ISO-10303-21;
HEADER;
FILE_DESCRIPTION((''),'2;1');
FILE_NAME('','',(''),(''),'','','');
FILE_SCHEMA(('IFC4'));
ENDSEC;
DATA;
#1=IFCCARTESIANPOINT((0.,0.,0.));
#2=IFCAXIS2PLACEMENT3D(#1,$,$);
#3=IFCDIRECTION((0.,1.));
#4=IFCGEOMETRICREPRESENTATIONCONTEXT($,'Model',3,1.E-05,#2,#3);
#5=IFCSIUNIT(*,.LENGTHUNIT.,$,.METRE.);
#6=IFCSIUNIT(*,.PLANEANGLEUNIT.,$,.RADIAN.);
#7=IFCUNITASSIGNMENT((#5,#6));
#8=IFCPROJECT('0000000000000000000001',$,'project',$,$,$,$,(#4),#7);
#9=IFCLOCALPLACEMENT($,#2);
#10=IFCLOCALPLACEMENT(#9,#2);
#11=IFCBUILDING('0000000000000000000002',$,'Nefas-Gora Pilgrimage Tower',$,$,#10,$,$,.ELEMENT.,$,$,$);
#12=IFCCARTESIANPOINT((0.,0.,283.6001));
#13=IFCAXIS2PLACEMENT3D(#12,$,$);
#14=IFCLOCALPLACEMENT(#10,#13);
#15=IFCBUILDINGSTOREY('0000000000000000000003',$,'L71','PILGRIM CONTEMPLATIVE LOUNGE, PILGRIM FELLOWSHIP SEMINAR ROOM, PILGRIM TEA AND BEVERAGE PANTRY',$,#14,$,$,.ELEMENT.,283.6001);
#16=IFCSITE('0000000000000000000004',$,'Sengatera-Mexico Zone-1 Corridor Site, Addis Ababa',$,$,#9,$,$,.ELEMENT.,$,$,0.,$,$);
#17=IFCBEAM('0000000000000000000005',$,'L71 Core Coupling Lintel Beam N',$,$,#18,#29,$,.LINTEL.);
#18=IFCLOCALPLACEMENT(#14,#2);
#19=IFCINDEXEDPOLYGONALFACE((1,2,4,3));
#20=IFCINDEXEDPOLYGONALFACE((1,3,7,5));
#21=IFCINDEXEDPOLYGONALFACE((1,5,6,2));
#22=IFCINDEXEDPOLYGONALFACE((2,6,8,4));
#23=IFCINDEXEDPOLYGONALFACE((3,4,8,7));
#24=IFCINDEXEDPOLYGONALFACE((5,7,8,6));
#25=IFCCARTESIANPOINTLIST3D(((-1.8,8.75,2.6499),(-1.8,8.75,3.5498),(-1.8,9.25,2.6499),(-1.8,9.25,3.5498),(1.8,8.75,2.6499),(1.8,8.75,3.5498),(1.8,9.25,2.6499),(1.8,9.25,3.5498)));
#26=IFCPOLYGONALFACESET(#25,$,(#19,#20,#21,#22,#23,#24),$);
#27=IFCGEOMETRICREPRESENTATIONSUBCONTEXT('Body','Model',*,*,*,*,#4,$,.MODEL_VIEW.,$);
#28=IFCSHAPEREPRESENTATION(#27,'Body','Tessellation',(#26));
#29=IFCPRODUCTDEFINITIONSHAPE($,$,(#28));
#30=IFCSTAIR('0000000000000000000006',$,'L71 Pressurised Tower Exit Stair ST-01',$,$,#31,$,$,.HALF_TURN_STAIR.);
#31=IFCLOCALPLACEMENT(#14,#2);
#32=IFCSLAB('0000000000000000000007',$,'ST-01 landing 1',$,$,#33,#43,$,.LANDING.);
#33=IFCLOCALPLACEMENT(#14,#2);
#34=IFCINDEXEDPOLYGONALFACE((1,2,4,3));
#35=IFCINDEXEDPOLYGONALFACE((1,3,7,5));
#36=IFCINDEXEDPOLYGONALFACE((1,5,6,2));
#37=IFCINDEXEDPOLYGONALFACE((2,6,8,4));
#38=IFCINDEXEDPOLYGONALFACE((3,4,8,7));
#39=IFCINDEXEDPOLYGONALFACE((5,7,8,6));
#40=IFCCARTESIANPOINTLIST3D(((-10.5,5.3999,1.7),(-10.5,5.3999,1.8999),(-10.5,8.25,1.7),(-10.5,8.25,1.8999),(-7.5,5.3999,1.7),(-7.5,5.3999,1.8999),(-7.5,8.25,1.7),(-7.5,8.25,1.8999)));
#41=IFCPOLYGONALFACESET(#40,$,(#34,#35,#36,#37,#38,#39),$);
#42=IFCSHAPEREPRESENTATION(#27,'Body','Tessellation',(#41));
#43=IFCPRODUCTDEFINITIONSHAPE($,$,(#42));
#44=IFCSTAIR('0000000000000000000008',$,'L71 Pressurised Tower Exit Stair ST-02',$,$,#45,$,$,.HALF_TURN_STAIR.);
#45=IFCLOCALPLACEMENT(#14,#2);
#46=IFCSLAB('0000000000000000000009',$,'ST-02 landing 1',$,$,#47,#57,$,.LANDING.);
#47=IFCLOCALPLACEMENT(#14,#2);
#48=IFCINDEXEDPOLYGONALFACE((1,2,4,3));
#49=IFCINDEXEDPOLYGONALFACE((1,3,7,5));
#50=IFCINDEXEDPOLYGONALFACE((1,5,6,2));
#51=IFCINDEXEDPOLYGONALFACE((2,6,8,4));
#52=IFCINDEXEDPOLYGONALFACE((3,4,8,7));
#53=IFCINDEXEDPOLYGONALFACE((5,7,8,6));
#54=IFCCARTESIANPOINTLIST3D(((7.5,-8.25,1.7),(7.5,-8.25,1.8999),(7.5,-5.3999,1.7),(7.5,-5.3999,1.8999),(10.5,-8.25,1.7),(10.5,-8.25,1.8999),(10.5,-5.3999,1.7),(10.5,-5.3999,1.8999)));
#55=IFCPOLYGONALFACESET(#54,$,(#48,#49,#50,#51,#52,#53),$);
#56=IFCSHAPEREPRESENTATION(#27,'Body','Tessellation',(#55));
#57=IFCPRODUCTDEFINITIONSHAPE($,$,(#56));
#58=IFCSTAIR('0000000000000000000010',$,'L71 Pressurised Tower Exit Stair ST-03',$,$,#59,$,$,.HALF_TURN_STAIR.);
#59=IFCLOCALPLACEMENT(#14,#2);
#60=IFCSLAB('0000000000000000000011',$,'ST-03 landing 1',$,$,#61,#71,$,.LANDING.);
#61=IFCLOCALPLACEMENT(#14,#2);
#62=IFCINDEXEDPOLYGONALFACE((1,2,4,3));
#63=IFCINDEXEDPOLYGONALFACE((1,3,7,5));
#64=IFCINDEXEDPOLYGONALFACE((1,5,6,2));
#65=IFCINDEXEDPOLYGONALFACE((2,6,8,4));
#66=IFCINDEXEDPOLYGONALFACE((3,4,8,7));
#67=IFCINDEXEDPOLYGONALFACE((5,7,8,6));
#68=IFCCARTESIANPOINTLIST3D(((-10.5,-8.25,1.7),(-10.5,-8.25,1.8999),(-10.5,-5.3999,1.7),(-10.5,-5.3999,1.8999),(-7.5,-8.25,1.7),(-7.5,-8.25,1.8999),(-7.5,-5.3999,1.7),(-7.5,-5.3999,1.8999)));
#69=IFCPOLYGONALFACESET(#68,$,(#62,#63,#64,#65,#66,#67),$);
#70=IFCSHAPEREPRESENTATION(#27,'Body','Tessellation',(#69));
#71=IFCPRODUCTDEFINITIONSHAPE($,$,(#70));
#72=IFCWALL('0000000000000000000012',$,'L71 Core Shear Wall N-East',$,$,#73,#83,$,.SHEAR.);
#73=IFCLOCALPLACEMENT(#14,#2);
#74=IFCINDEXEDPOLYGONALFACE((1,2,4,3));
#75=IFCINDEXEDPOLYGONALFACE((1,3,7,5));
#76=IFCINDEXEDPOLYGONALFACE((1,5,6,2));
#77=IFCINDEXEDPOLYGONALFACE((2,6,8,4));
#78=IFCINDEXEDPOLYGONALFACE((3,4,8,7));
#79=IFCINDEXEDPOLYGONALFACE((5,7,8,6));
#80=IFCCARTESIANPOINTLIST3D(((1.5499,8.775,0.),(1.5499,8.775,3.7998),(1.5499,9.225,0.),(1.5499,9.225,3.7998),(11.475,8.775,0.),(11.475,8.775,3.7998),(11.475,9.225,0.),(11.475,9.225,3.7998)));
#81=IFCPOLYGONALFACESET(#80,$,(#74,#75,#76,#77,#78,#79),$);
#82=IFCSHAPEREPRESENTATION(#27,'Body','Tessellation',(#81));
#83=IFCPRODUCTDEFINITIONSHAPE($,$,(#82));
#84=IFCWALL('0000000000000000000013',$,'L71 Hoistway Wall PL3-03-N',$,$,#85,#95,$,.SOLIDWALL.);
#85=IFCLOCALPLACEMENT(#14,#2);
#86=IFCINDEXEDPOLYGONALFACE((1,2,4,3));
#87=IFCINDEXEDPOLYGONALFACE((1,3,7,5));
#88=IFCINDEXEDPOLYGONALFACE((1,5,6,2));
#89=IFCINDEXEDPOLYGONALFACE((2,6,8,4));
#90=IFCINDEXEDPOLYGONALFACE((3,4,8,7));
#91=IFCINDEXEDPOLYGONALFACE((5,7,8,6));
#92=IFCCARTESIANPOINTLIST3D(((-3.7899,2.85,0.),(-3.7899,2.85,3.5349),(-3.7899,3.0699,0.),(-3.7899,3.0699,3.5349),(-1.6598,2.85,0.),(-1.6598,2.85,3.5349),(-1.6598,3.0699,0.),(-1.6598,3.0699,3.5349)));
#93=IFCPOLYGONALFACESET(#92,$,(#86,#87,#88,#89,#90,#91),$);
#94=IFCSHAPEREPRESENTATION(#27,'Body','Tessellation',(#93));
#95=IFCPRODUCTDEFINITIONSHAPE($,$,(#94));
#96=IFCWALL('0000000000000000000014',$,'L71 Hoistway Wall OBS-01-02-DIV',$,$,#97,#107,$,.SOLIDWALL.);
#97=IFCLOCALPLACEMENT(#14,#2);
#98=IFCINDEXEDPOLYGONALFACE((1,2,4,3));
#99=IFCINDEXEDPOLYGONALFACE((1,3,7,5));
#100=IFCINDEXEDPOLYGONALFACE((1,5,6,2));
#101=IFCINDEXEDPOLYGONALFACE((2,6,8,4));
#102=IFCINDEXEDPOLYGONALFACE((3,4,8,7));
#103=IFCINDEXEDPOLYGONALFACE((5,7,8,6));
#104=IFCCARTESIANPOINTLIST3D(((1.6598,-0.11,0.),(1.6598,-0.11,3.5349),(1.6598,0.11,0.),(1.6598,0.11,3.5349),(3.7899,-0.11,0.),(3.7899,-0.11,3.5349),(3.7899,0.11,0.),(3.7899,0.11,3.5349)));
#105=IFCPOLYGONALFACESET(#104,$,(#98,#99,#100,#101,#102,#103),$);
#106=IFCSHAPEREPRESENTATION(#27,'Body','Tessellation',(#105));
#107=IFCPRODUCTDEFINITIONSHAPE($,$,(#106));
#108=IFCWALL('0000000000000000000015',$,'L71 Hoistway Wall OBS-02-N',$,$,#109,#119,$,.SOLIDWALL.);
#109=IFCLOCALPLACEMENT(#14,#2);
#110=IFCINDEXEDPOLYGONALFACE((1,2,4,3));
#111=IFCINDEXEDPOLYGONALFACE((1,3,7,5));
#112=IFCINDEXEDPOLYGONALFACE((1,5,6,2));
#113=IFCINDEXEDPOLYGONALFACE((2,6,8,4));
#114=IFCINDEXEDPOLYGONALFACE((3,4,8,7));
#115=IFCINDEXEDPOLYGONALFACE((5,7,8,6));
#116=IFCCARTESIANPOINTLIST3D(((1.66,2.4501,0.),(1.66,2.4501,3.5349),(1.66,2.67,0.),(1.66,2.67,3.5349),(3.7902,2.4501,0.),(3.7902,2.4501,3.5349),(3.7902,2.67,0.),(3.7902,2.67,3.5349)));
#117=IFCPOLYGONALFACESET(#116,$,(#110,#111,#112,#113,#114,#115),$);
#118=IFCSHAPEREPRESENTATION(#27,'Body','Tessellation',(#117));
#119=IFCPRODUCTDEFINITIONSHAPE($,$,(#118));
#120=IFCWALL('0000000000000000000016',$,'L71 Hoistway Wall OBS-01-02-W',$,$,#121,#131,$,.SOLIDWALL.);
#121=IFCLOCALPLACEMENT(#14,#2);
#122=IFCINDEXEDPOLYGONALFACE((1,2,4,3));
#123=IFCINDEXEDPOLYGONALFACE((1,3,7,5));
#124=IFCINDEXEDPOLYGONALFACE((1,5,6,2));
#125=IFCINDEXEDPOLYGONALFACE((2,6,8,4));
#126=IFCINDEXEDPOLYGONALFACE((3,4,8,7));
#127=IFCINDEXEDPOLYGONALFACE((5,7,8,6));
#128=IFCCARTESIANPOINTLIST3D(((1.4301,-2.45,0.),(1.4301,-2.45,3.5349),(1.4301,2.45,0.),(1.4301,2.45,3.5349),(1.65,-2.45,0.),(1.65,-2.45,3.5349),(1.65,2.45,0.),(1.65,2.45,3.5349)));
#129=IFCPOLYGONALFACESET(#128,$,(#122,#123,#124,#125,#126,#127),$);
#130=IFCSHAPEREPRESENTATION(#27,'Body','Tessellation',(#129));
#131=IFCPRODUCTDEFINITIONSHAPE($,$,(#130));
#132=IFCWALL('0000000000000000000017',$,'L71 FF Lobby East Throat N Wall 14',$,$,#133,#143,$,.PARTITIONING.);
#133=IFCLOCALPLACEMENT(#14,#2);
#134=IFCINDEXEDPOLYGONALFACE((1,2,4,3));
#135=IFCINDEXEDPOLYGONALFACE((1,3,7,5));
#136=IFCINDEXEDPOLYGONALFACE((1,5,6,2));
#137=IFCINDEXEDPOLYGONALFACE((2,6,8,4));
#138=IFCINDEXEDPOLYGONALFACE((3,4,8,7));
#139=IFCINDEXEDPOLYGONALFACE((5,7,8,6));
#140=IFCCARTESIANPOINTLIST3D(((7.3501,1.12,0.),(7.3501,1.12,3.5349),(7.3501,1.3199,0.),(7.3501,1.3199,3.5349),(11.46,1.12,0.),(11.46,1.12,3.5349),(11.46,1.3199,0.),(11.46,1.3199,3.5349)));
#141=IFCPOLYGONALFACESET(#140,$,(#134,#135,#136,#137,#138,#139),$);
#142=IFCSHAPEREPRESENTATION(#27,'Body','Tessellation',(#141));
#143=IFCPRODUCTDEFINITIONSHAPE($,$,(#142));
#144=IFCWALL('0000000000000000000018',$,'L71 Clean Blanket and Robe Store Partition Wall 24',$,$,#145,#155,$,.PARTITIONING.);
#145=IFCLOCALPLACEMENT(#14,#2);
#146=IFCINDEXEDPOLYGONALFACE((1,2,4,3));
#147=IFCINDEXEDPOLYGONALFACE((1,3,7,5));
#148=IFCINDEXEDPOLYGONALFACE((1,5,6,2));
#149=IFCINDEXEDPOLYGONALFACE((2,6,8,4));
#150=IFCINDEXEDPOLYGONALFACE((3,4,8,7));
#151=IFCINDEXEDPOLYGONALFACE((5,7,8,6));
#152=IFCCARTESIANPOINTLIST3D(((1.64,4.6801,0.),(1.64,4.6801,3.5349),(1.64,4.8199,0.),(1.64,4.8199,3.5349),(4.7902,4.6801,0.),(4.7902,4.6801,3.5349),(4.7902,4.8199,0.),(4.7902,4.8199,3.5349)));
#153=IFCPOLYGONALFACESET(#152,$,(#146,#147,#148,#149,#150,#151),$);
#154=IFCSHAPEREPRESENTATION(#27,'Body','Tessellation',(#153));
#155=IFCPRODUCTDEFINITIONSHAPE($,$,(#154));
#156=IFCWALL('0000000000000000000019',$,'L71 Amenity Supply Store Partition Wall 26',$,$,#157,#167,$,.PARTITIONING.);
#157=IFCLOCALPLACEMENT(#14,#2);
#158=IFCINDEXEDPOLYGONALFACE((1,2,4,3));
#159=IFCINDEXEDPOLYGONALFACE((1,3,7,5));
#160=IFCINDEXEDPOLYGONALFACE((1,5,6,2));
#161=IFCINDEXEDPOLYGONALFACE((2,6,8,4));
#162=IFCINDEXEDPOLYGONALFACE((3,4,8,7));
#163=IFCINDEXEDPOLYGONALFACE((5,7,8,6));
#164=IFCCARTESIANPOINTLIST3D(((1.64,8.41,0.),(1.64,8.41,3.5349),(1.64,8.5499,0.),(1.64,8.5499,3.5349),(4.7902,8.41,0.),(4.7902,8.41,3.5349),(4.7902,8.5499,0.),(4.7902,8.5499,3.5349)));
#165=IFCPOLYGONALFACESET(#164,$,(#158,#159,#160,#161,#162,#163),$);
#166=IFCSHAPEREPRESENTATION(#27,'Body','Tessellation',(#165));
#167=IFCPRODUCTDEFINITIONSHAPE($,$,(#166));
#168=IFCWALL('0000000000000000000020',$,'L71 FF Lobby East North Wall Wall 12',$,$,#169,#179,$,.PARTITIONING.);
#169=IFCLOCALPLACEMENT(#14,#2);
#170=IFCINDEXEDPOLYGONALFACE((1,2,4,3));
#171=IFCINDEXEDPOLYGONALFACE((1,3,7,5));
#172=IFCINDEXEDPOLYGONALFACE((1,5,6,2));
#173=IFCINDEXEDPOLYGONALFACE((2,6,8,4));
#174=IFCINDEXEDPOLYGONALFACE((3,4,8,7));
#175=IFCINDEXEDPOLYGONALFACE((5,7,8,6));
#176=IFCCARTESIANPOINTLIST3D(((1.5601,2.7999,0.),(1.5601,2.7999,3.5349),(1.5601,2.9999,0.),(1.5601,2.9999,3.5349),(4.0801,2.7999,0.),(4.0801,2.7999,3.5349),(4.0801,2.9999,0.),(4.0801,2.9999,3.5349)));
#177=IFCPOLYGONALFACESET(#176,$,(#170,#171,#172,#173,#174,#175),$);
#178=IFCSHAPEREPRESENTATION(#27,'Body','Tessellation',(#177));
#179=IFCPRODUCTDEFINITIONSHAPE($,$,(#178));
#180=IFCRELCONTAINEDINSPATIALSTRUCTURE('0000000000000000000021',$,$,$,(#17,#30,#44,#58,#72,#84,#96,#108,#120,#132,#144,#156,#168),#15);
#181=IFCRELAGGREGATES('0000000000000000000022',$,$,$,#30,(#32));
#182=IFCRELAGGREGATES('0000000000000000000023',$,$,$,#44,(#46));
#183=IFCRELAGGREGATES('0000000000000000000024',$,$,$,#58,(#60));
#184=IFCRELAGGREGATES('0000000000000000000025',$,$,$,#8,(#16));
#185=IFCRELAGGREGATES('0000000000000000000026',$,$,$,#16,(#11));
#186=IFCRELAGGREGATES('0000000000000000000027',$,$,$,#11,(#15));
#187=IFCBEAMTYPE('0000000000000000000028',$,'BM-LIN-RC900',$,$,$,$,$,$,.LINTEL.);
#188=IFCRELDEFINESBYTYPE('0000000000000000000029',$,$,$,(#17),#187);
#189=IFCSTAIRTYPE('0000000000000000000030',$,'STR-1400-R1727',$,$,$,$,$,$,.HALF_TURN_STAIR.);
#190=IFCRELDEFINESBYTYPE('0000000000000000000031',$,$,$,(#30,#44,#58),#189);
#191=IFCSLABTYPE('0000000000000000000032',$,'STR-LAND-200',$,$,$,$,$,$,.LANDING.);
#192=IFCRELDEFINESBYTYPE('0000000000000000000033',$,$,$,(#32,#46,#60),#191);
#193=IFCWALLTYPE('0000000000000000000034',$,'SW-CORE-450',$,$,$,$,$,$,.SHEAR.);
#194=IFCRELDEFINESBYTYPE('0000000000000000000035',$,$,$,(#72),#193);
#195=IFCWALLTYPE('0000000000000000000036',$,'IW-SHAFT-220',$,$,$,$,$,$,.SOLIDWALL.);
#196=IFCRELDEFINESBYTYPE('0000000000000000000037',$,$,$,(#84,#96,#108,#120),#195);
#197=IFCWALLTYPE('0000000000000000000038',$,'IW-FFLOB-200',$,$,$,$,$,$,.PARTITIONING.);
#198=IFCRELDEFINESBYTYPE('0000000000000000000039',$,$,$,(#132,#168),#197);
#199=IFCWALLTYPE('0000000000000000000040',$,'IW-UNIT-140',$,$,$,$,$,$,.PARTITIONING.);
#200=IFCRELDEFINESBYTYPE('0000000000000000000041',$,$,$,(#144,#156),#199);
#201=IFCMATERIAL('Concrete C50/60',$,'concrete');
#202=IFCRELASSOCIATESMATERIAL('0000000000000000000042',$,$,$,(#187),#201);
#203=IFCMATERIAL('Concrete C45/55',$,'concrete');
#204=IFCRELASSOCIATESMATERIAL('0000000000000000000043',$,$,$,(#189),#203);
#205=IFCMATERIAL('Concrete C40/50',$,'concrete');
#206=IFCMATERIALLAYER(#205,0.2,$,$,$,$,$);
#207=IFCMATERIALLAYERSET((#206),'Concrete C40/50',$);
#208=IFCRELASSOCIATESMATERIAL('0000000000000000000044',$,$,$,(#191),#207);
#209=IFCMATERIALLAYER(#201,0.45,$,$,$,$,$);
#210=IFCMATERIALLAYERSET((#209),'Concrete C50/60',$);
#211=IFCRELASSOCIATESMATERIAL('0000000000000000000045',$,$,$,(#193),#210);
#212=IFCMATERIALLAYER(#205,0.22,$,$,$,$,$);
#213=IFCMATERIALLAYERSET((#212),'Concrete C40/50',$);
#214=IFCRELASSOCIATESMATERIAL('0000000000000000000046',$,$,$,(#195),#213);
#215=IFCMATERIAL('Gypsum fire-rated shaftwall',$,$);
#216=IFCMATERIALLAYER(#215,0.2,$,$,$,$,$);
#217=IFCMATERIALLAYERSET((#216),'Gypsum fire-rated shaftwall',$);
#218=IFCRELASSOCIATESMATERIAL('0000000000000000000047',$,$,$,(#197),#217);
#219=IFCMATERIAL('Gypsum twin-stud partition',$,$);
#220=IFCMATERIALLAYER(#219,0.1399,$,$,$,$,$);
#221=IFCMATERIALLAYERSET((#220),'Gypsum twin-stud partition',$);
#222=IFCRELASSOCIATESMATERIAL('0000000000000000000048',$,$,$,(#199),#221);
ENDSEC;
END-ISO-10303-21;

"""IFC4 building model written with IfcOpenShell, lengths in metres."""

from ifc_helpers import new_model, si_unit, direction, frame, frame_2d, origin, origin_2d, place, context, subcontext, project, spatial, polyline, rectangle, outline, extrude, source, transform, mapped, material, layer, layer_set, material_profile, profile_set, type_object, element, aggregate, save


model = new_model("IFC4")

# Units and contexts
model_context = context("Model", 3, precision=1e-05, world=origin(), true_north=direction((0.0, 1.0)))
body_context = subcontext(model_context, "Body", "Model", "MODEL_VIEW")
ifc_project = project(units=[si_unit("LENGTHUNIT", "METRE"), si_unit("PLANEANGLEUNIT", "RADIAN")], contexts=[model_context])

# Site, building, storey
site_placement = place(None, origin())
site = spatial("IfcSite", under=ifc_project, at=site_placement, Name="Sengatera-Mexico Zone-1 Corridor Site, Addis Ababa", CompositionType="ELEMENT", RefElevation=0.0)
building_placement = place(site_placement, origin())
building = spatial("IfcBuilding", under=site, at=building_placement, Name="Nefas-Gora Pilgrimage Tower", CompositionType="ELEMENT")
storey_placement = place(building_placement, frame((0.0, 0.0, 283.6001)))
storey = spatial("IfcBuildingStorey", under=building, at=storey_placement, Name="L71", Description="PILGRIM CONTEMPLATIVE LOUNGE, PILGRIM FELLOWSHIP SEMINAR ROOM, PILGRIM TEA AND BEVERAGE PANTRY", CompositionType="ELEMENT", Elevation=283.6001)

# Beam
ifc_material_1 = material(Name="Concrete C50/60", Category="concrete")
ifc_material_profile = material_profile(ifc_material_1, rectangle(XDim=0.5, YDim=0.8999, at=origin_2d()), Name="RC 500x900")
ifc_profile_set = profile_set([ifc_material_profile], Name="Concrete C50/60")
beam_type = type_object("IfcBeamType", Name="BM-LIN-RC900", PredefinedType="LINTEL", material=ifc_profile_set)
shared_shape_1 = source(origin(), body_context, "Body", "SweptSolid", [
    extrude(rectangle(XDim=0.5, YDim=0.8999, at=origin_2d()), origin(), (0.0, 0.0, 1.0), 3.6001),
])
beam_placement = place(storey_placement, frame((-1.8, 9.0, 3.0999), z_axis=(1.0, 0.0, 0.0), x_axis=(0.0, 1.0, 0.0)))
element("IfcBeam", 1, at=beam_placement, inside=storey, type_object=beam_type, Name="L71 Core Coupling Lintel Beam N", PredefinedType="LINTEL", context=body_context, shape_type="MappedRepresentation", body=[
    mapped(shared_shape_1, transform((0.0, 0.0, 0.0), x_axis=(1.0, 0.0, 0.0), y_axis=(0.0, 1.0, 0.0), z_axis=(0.0, 0.0, 1.0), scale=1.0)),
])

# Stairs, slabs
ifc_material_2 = material(Name="Concrete C45/55", Category="concrete")
stair_type = type_object("IfcStairType", Name="STR-1400-R1727", PredefinedType="HALF_TURN_STAIR", material=ifc_material_2)
stair_1_placement = place(storey_placement, origin())
stair_1 = element("IfcStair", 2, at=stair_1_placement, inside=storey, type_object=stair_type, Name="L71 Pressurised Tower Exit Stair ST-01", PredefinedType="HALF_TURN_STAIR")
ifc_material_3 = material(Name="Concrete C40/50", Category="concrete")
ifc_layer_1 = layer(ifc_material_3, 0.2)
ifc_layer_set_1 = layer_set([ifc_layer_1], Name="Concrete C40/50")
slab_type = type_object("IfcSlabType", Name="STR-LAND-200", PredefinedType="LANDING", material=ifc_layer_set_1)
slab_1_placement = place(storey_placement, frame((0.0, 0.0, 1.7)))
slab_1 = element("IfcSlab", 3, at=slab_1_placement, type_object=slab_type, Name="ST-01 landing 1", PredefinedType="LANDING", context=body_context, shape_type="SweptSolid", body=[
    extrude(outline(polyline([(-7.5, 5.3999), (-7.5, 8.25), (-10.5, 8.25), (-10.5, 5.3999), (-7.5, 5.3999)])), origin(), (0.0, 0.0, 1.0), 0.2),
])
aggregate(stair_1, [slab_1])
stair_2_placement = place(storey_placement, origin())
stair_2 = element("IfcStair", 4, at=stair_2_placement, inside=storey, type_object=stair_type, Name="L71 Pressurised Tower Exit Stair ST-02", PredefinedType="HALF_TURN_STAIR")
slab_2_placement = place(storey_placement, frame((0.0, 0.0, 1.7)))
slab_2 = element("IfcSlab", 5, at=slab_2_placement, type_object=slab_type, Name="ST-02 landing 1", PredefinedType="LANDING", context=body_context, shape_type="SweptSolid", body=[
    extrude(outline(polyline([(7.5, -5.3999), (7.5, -8.25), (10.5, -8.25), (10.5, -5.3999), (7.5, -5.3999)])), origin(), (0.0, 0.0, 1.0), 0.2),
])
aggregate(stair_2, [slab_2])
stair_3_placement = place(storey_placement, origin())
stair_3 = element("IfcStair", 6, at=stair_3_placement, inside=storey, type_object=stair_type, Name="L71 Pressurised Tower Exit Stair ST-03", PredefinedType="HALF_TURN_STAIR")
slab_3_placement = place(storey_placement, frame((0.0, 0.0, 1.7)))
slab_3 = element("IfcSlab", 7, at=slab_3_placement, type_object=slab_type, Name="ST-03 landing 1", PredefinedType="LANDING", context=body_context, shape_type="SweptSolid", body=[
    extrude(outline(polyline([(-10.5, -5.3999), (-10.5, -8.25), (-7.5, -8.25), (-7.5, -5.3999), (-10.5, -5.3999)])), origin(), (0.0, 0.0, 1.0), 0.2),
])
aggregate(stair_3, [slab_3])

# Walls
ifc_layer_2 = layer(ifc_material_1, 0.45)
ifc_layer_set_2 = layer_set([ifc_layer_2], Name="Concrete C50/60")
wall_type_1 = type_object("IfcWallType", Name="SW-CORE-450", PredefinedType="SHEAR", material=ifc_layer_set_2)
shared_shape_2 = source(origin(), body_context, "Body", "SweptSolid", [
    extrude(rectangle(XDim=9.925, YDim=0.45, at=frame_2d((4.9624, 0.0))), origin(), (0.0, 0.0, 1.0), 3.7998),
])
wall_1_placement = place(storey_placement, frame((1.55, 9.0, 0.0), z_axis=(0.0, 0.0, 1.0), x_axis=(1.0, 0.0, 0.0)))
element("IfcWall", 8, at=wall_1_placement, inside=storey, type_object=wall_type_1, Name="L71 Core Shear Wall N-East", PredefinedType="SHEAR", context=body_context, shape_type="MappedRepresentation", body=[
    mapped(shared_shape_2, transform((0.0, 0.0, 0.0), x_axis=(1.0, 0.0, 0.0), y_axis=(0.0, 1.0, 0.0), z_axis=(0.0, 0.0, 1.0), scale=1.0)),
])
ifc_layer_3 = layer(ifc_material_3, 0.22)
ifc_layer_set_3 = layer_set([ifc_layer_3], Name="Concrete C40/50")
wall_type_2 = type_object("IfcWallType", Name="IW-SHAFT-220", PredefinedType="SOLIDWALL", material=ifc_layer_set_3)
shared_shape_3 = source(origin(), body_context, "Body", "SweptSolid", [
    extrude(rectangle(XDim=2.1301, YDim=0.22, at=frame_2d((1.0649, 0.0))), origin(), (0.0, 0.0, 1.0), 3.5349),
])
for number, where, z_axis, x_axis, name in (
    (9, (-1.6599, 2.96, 0.0), (0.0, 0.0, 1.0), (-1.0, 0.0, 0.0), "L71 Hoistway Wall PL3-03-N"),
    (10, (1.6599, 0.0, 0.0), (0.0, 0.0, 1.0), (1.0, 0.0, 0.0), "L71 Hoistway Wall OBS-01-02-DIV"),
    (11, (3.79, 2.5601, 0.0), (0.0, 0.0, 1.0), (-1.0, 0.0, 0.0), "L71 Hoistway Wall OBS-02-N"),
):
    element("IfcWall", number, at=place(storey_placement, frame(where, z_axis=z_axis, x_axis=x_axis)), inside=storey, type_object=wall_type_2, Name=name, PredefinedType="SOLIDWALL", context=body_context, shape_type="MappedRepresentation", body=[
        mapped(shared_shape_3, transform((0.0, 0.0, 0.0), x_axis=(1.0, 0.0, 0.0), y_axis=(0.0, 1.0, 0.0), z_axis=(0.0, 0.0, 1.0), scale=1.0)),
    ])
shared_shape_4 = source(origin(), body_context, "Body", "SweptSolid", [
    extrude(rectangle(XDim=4.8999, YDim=0.22, at=frame_2d((2.45, 0.0))), origin(), (0.0, 0.0, 1.0), 3.5349),
])
wall_2_placement = place(storey_placement, frame((1.54, 2.45, 0.0), z_axis=(0.0, 0.0, 1.0), x_axis=(0.0, -1.0, 0.0)))
element("IfcWall", 12, at=wall_2_placement, inside=storey, type_object=wall_type_2, Name="L71 Hoistway Wall OBS-01-02-W", PredefinedType="SOLIDWALL", context=body_context, shape_type="MappedRepresentation", body=[
    mapped(shared_shape_4, transform((0.0, 0.0, 0.0), x_axis=(1.0, 0.0, 0.0), y_axis=(0.0, 1.0, 0.0), z_axis=(0.0, 0.0, 1.0), scale=1.0)),
])

# Shared definitions
ifc_material_4 = material(Name="Gypsum fire-rated shaftwall")
ifc_layer_4 = layer(ifc_material_4, 0.2)
ifc_layer_set_4 = layer_set([ifc_layer_4], Name="Gypsum fire-rated shaftwall")
wall_type_3 = type_object("IfcWallType", Name="IW-FFLOB-200", PredefinedType="PARTITIONING", material=ifc_layer_set_4)

# Walls
shared_shape_5 = source(origin(), body_context, "Body", "SweptSolid", [
    extrude(rectangle(XDim=4.1099, YDim=0.2, at=frame_2d((2.0549, 0.0))), origin(), (0.0, 0.0, 1.0), 3.5349),
])
wall_3_placement = place(storey_placement, frame((7.3501, 1.22, 0.0), z_axis=(0.0, 0.0, 1.0), x_axis=(1.0, 0.0, 0.0)))
element("IfcWall", 13, at=wall_3_placement, inside=storey, type_object=wall_type_3, Name="L71 FF Lobby East Throat N Wall 14", PredefinedType="PARTITIONING", context=body_context, shape_type="MappedRepresentation", body=[
    mapped(shared_shape_5, transform((0.0, 0.0, 0.0), x_axis=(1.0, 0.0, 0.0), y_axis=(0.0, 1.0, 0.0), z_axis=(0.0, 0.0, 1.0), scale=1.0)),
])
ifc_material_5 = material(Name="Gypsum twin-stud partition")
ifc_layer_5 = layer(ifc_material_5, 0.1399)
ifc_layer_set_5 = layer_set([ifc_layer_5], Name="Gypsum twin-stud partition")
wall_type_4 = type_object("IfcWallType", Name="IW-UNIT-140", PredefinedType="PARTITIONING", material=ifc_layer_set_5)
shared_shape_6 = source(origin(), body_context, "Body", "SweptSolid", [
    extrude(rectangle(XDim=3.1501, YDim=0.1399, at=frame_2d((1.5752, 0.0))), origin(), (0.0, 0.0, 1.0), 3.5349),
])
for number, where, z_axis, x_axis, name in (
    (14, (1.6399, 4.75, 0.0), (0.0, 0.0, 1.0), (1.0, 0.0, 0.0), "L71 Clean Blanket and Robe Store Partition Wall 24"),
    (15, (1.6399, 8.48, 0.0), (0.0, 0.0, 1.0), (1.0, 0.0, 0.0), "L71 Amenity Supply Store Partition Wall 26"),
):
    element("IfcWall", number, at=place(storey_placement, frame(where, z_axis=z_axis, x_axis=x_axis)), inside=storey, type_object=wall_type_4, Name=name, PredefinedType="PARTITIONING", context=body_context, shape_type="MappedRepresentation", body=[
        mapped(shared_shape_6, transform((0.0, 0.0, 0.0), x_axis=(1.0, 0.0, 0.0), y_axis=(0.0, 1.0, 0.0), z_axis=(0.0, 0.0, 1.0), scale=1.0)),
    ])
shared_shape_7 = source(origin(), body_context, "Body", "SweptSolid", [
    extrude(rectangle(XDim=2.52, YDim=0.2, at=frame_2d((1.26, 0.0))), origin(), (0.0, 0.0, 1.0), 3.5349),
])
wall_4_placement = place(storey_placement, frame((1.5601, 2.8999, 0.0), z_axis=(0.0, 0.0, 1.0), x_axis=(1.0, 0.0, 0.0)))
element("IfcWall", 16, at=wall_4_placement, inside=storey, type_object=wall_type_3, Name="L71 FF Lobby East North Wall Wall 12", PredefinedType="PARTITIONING", context=body_context, shape_type="MappedRepresentation", body=[
    mapped(shared_shape_7, transform((0.0, 0.0, 0.0), x_axis=(1.0, 0.0, 0.0), y_axis=(0.0, 1.0, 0.0), z_axis=(0.0, 0.0, 1.0), scale=1.0)),
])

save(model, "model.ifc")
